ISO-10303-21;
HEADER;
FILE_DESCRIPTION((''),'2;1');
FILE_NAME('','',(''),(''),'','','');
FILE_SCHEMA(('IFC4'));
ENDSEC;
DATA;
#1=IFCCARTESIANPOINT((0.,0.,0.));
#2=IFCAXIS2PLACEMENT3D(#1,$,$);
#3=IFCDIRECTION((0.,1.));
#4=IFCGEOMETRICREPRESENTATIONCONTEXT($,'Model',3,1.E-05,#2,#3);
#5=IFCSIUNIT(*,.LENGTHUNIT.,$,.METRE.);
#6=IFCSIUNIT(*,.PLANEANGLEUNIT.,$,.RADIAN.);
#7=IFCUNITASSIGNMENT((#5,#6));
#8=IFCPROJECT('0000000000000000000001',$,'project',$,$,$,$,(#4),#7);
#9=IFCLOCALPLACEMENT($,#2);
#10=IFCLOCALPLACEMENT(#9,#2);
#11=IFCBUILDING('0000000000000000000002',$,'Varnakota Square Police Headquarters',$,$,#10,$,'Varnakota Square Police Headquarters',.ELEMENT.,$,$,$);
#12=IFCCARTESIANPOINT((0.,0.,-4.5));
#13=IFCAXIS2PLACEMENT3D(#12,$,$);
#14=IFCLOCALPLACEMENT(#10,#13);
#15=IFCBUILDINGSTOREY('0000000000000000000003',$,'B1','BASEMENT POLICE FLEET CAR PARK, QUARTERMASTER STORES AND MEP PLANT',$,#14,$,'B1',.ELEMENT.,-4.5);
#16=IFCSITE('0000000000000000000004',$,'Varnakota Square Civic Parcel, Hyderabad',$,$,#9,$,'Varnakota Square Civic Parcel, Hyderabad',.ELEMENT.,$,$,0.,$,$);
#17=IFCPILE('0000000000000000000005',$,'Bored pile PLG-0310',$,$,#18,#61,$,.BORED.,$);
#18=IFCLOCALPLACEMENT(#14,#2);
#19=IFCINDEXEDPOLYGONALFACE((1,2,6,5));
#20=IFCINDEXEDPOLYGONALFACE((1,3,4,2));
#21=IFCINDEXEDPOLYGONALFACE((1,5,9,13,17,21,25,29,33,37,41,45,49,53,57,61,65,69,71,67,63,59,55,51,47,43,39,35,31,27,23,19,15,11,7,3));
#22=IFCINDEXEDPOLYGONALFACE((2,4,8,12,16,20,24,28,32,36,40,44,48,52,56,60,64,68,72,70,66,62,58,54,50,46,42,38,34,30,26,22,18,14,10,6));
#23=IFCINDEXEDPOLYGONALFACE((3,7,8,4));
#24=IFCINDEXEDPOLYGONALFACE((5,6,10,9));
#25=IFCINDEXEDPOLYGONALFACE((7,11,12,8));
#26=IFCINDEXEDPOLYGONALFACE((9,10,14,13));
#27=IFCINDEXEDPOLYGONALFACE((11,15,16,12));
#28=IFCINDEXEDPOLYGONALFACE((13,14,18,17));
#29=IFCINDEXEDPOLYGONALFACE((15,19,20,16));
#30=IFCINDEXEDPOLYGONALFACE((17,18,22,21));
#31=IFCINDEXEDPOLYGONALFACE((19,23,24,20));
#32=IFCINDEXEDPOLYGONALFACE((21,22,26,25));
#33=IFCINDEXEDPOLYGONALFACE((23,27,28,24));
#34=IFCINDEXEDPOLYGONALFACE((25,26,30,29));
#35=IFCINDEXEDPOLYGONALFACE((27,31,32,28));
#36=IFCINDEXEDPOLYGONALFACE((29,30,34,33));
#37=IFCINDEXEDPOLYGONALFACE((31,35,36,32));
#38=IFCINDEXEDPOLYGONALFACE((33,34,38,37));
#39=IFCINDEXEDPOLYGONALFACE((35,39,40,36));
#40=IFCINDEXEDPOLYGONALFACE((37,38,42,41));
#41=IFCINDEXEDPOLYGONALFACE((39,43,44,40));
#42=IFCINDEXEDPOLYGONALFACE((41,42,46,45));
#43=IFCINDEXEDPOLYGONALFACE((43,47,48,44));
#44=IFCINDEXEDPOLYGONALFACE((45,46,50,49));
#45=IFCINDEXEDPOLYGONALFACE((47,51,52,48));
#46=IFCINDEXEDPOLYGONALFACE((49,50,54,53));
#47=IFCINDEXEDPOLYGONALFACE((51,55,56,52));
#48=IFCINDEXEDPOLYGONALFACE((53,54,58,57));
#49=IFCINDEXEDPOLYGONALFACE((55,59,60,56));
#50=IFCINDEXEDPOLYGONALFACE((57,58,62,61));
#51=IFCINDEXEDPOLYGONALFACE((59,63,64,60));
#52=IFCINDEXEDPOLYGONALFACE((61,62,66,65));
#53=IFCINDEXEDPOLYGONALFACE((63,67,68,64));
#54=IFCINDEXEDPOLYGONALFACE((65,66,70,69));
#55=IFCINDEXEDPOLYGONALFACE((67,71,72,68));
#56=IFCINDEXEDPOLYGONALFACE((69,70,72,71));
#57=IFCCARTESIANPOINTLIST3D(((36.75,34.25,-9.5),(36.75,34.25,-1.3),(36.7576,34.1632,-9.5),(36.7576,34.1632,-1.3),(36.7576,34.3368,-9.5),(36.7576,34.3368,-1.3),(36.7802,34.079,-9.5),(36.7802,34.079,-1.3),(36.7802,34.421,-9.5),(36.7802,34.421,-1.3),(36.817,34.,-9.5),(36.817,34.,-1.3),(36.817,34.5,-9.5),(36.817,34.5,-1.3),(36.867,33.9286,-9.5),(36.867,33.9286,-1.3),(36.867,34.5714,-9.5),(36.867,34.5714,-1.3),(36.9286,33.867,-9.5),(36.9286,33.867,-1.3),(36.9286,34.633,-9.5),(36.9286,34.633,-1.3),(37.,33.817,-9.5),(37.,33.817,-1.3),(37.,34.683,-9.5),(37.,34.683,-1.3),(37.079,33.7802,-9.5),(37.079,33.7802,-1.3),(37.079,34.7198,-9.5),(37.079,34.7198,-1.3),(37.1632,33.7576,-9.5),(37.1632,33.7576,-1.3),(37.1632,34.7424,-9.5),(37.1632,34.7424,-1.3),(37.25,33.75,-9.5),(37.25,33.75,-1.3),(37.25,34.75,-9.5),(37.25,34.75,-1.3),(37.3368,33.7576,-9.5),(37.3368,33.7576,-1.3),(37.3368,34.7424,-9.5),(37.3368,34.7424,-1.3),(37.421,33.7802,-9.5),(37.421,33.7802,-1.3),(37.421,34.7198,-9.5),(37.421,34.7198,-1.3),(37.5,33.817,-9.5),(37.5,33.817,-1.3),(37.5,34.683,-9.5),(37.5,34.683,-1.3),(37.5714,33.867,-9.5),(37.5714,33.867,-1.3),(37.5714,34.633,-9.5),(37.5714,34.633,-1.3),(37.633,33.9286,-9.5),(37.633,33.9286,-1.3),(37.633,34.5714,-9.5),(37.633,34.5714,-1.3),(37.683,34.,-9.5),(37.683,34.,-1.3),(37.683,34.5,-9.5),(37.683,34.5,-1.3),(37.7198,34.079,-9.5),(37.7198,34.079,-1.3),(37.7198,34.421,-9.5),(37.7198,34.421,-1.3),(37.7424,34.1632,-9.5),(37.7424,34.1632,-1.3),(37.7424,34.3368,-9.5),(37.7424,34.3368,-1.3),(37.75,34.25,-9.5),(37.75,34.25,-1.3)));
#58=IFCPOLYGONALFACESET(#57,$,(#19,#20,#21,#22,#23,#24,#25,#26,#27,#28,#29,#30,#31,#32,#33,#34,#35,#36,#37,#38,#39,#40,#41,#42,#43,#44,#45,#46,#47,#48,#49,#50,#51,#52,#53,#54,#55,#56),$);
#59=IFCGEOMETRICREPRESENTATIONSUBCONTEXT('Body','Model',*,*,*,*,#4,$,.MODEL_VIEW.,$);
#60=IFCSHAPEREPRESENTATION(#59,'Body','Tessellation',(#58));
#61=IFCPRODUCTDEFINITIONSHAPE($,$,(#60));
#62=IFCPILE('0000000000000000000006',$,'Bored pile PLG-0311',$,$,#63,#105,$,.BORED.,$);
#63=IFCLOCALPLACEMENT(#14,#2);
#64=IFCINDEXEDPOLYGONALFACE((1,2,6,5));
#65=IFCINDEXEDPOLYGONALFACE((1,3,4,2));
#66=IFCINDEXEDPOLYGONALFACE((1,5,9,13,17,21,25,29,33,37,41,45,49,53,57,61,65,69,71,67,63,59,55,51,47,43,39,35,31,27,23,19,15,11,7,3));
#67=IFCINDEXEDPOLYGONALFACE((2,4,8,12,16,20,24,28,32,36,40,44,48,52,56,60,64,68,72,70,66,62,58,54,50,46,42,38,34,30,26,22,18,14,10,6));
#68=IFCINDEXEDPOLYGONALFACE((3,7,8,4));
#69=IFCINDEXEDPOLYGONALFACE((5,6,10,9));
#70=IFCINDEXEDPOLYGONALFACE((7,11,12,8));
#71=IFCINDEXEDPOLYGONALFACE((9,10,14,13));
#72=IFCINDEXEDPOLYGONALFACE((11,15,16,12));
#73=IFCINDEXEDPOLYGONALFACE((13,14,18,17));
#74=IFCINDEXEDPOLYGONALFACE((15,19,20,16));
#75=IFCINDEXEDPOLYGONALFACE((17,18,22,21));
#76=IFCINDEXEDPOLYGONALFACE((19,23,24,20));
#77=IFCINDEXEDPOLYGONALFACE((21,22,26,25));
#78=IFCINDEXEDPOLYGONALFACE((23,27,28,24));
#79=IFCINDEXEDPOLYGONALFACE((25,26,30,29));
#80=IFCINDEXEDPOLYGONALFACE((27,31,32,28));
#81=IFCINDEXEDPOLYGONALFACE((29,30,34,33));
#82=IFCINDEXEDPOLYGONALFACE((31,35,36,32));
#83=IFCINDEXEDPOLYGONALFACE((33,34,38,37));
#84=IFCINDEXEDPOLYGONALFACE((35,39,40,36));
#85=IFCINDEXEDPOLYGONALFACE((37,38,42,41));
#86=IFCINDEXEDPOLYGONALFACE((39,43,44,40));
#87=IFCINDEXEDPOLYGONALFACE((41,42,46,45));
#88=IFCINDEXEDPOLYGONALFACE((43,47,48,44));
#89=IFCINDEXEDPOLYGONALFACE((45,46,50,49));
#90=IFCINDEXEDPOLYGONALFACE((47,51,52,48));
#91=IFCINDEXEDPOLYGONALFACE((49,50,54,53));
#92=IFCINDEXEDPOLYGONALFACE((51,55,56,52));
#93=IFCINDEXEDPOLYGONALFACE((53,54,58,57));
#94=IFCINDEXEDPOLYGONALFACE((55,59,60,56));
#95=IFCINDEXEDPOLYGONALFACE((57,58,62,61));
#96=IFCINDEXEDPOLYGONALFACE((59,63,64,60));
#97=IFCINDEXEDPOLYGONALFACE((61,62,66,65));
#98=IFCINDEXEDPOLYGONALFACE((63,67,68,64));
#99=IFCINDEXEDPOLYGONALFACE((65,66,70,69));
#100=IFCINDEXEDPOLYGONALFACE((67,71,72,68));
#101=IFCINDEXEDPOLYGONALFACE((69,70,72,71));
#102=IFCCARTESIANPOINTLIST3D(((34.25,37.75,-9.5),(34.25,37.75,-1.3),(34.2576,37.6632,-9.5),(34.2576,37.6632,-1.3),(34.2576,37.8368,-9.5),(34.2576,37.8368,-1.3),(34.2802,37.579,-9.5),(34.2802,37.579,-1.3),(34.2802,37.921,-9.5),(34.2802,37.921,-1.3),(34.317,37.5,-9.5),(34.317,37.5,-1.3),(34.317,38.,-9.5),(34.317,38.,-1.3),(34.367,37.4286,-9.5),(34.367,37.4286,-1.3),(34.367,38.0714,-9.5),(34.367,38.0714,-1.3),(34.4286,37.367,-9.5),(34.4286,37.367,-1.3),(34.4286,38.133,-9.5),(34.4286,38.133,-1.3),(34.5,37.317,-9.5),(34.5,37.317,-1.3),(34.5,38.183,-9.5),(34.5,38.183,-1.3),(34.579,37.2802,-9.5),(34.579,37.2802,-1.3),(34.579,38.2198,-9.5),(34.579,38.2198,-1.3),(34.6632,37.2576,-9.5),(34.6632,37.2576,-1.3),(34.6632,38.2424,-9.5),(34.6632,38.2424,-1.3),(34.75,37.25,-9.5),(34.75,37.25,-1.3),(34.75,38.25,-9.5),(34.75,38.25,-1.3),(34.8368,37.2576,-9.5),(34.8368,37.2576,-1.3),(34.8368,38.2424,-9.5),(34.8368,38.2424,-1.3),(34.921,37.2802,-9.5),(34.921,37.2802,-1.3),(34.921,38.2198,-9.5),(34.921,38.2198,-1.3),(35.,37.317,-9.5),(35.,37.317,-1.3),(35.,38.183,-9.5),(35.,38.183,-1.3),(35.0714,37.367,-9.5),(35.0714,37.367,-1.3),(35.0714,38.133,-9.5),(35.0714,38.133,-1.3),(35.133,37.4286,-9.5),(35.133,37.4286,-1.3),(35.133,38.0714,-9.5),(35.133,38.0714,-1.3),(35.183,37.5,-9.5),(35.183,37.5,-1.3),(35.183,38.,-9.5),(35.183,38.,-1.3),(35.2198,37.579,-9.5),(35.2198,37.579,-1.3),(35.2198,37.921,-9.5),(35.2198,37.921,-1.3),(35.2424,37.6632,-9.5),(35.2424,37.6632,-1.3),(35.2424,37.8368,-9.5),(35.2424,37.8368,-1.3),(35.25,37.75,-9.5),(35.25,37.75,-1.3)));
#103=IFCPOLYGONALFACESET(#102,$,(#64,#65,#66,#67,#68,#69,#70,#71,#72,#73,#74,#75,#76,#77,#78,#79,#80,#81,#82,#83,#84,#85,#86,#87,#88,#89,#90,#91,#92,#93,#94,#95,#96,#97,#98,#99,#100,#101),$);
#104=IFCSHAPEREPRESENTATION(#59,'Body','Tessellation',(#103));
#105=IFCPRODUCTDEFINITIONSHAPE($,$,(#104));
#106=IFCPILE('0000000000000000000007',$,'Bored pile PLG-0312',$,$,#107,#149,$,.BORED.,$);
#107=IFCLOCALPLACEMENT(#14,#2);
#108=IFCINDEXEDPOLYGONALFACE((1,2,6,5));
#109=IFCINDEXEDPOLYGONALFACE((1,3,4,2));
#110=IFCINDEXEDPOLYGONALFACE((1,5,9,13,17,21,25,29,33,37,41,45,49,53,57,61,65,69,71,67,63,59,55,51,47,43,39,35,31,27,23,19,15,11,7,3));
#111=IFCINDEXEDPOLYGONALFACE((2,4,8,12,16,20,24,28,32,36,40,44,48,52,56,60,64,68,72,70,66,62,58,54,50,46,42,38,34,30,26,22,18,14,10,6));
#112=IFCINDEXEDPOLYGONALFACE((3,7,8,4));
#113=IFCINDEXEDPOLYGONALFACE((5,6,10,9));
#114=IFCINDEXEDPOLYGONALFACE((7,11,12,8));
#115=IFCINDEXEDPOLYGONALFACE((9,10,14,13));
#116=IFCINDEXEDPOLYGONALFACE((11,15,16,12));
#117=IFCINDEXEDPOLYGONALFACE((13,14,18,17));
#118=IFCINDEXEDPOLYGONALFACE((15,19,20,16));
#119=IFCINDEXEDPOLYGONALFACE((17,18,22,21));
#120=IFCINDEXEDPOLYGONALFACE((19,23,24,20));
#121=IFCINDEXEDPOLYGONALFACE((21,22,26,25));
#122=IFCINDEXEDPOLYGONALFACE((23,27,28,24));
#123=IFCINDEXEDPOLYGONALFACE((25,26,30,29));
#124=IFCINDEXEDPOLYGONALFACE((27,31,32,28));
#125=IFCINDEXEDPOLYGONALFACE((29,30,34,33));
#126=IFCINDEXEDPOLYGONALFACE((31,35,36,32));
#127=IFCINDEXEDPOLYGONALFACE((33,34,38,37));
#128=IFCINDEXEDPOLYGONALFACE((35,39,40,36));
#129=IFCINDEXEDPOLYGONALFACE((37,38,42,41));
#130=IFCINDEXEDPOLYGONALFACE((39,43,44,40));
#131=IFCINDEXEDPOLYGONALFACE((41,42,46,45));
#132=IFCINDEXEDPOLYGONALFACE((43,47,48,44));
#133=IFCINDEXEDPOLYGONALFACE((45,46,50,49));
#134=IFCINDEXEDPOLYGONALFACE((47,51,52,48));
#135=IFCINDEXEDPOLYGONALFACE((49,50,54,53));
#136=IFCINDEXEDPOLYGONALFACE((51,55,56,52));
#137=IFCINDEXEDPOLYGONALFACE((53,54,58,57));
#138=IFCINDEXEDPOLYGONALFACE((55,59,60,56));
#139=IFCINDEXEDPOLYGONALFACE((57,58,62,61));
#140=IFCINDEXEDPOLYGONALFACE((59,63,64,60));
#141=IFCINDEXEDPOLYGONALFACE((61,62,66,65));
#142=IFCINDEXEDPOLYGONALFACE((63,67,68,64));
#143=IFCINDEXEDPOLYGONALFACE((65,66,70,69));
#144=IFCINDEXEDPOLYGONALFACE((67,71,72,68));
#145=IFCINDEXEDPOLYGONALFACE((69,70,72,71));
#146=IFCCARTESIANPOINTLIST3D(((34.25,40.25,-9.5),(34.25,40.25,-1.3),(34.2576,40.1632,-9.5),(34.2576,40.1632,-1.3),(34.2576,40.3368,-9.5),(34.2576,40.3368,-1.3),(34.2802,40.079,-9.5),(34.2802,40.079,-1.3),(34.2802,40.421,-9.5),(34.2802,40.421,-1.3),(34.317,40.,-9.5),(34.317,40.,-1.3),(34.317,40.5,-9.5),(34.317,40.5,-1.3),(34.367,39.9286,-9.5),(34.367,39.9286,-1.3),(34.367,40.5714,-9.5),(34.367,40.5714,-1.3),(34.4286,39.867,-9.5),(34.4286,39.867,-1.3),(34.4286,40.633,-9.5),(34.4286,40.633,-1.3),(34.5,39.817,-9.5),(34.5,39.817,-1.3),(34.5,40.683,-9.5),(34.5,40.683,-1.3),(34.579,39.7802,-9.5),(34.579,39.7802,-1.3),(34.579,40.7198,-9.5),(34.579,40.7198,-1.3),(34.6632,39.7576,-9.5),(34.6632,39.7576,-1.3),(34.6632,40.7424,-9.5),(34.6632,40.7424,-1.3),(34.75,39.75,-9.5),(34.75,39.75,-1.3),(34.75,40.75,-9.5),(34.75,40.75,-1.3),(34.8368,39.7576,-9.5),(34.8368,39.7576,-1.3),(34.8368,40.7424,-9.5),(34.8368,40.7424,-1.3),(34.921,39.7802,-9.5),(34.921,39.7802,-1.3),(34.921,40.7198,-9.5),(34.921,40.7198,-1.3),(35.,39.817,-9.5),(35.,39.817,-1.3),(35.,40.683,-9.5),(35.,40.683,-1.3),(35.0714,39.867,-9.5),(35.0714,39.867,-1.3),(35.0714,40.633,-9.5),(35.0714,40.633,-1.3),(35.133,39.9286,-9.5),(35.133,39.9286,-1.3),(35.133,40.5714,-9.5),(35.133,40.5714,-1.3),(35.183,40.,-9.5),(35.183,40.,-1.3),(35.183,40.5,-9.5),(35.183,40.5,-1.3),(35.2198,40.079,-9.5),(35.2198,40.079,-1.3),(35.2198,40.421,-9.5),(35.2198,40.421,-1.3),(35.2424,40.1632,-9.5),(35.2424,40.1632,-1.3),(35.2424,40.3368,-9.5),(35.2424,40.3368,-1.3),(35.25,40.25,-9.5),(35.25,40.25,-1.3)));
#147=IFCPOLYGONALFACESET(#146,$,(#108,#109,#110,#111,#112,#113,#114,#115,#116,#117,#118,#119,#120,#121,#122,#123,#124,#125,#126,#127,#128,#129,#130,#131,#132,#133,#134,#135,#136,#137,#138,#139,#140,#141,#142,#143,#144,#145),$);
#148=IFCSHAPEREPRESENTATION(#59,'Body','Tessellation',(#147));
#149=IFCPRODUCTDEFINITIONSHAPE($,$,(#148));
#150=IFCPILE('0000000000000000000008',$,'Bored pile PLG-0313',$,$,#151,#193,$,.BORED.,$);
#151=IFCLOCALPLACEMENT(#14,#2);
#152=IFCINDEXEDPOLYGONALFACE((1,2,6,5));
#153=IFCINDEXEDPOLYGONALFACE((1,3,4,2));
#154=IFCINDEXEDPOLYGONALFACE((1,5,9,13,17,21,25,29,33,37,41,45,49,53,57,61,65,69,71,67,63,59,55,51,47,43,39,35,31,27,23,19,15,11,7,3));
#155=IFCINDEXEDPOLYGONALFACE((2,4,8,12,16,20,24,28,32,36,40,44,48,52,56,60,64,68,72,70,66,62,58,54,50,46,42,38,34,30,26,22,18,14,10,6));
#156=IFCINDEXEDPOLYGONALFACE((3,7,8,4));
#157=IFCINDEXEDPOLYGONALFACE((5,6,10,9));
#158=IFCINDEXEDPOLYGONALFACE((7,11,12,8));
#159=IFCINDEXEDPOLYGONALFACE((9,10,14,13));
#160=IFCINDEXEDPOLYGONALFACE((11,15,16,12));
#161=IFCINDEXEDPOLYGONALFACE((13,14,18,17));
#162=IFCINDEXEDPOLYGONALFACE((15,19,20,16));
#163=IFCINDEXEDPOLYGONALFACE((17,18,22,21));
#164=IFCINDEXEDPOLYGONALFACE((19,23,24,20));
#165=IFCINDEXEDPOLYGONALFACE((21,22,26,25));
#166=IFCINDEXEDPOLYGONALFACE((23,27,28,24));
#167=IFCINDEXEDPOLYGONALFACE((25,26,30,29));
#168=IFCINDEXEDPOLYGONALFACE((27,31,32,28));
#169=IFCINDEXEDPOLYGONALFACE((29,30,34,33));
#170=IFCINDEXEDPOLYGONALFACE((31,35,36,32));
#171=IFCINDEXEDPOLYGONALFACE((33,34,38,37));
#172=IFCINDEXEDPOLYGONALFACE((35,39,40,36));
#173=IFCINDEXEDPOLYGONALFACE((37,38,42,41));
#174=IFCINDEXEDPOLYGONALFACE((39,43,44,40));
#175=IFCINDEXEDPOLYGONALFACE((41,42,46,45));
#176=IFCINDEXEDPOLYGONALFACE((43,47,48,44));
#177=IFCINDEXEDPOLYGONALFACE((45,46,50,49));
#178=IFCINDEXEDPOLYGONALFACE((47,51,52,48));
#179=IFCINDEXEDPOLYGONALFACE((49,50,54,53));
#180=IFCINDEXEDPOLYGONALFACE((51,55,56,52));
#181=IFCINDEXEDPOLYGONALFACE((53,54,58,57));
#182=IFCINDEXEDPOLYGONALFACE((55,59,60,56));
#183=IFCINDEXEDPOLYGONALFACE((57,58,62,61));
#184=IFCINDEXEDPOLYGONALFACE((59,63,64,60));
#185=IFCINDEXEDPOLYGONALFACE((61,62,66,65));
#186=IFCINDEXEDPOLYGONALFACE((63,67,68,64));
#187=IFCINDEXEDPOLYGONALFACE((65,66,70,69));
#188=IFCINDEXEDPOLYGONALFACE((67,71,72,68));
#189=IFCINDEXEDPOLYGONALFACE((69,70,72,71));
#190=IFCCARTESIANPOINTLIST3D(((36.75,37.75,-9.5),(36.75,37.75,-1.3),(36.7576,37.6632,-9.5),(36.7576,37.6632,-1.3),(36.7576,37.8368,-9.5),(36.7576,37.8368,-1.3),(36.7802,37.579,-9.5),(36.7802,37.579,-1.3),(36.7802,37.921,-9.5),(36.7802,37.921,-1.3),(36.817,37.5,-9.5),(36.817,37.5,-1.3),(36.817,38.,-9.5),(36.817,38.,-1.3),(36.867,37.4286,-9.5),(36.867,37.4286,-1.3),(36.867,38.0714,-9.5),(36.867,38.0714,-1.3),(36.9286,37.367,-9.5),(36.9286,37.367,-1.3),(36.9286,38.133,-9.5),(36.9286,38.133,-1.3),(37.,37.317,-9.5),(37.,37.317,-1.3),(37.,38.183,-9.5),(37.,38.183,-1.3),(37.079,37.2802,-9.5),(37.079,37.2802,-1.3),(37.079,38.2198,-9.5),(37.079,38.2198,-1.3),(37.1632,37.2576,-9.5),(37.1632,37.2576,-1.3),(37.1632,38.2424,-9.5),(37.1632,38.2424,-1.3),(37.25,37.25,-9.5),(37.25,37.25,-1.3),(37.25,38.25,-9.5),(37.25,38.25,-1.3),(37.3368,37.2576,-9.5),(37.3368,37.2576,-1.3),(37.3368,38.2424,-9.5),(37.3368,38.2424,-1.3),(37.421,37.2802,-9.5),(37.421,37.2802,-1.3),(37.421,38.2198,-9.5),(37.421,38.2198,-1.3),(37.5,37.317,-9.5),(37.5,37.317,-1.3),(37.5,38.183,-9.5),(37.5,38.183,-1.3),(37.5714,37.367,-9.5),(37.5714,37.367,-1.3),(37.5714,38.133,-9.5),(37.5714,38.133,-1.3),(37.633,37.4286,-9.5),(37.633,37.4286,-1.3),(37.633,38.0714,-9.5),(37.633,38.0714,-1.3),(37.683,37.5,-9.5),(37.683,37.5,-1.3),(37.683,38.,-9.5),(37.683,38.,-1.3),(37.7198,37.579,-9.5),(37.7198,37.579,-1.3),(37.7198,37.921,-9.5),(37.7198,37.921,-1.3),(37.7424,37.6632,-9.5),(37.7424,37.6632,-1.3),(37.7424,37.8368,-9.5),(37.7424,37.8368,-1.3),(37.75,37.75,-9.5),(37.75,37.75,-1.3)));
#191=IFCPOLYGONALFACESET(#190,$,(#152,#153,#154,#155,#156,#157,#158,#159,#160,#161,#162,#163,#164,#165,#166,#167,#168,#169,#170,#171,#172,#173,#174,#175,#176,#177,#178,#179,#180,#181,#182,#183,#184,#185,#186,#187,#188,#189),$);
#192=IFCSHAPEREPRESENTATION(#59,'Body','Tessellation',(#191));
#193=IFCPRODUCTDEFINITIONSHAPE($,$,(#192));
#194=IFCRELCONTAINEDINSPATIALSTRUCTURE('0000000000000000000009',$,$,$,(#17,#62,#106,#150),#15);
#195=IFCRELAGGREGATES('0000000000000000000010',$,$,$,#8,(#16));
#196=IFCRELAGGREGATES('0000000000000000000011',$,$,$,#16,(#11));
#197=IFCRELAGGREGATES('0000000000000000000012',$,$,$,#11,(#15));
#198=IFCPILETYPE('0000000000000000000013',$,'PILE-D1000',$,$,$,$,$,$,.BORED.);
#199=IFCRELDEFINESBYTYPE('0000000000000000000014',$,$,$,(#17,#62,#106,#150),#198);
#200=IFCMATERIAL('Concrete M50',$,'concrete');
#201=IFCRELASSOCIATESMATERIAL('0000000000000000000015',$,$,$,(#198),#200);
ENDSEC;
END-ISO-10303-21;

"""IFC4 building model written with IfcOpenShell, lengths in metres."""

from ifc_helpers import new_model, si_unit, direction, frame, origin, origin_2d, place, context, subcontext, project, spatial, circle, extrude, material, material_profile, profile_set, type_object, element, save


model = new_model("IFC4")

# Units and contexts
model_context = context("Model", 3, precision=1e-05, world=origin(), true_north=direction((0.0, 1.0)))
body_context = subcontext(model_context, "Body", "Model", "MODEL_VIEW")
ifc_project = project(units=[si_unit("LENGTHUNIT", "METRE"), si_unit("PLANEANGLEUNIT", "RADIAN")], contexts=[model_context])

# Site, building, storey
site_placement = place(None, origin())
site = spatial("IfcSite", under=ifc_project, at=site_placement, Name="Varnakota Square Civic Parcel, Hyderabad", LongName="Varnakota Square Civic Parcel, Hyderabad", CompositionType="ELEMENT", RefElevation=0.0)
building_placement = place(site_placement, origin())
building = spatial("IfcBuilding", under=site, at=building_placement, Name="Varnakota Square Police Headquarters", LongName="Varnakota Square Police Headquarters", CompositionType="ELEMENT")
storey_placement = place(building_placement, frame((0.0, 0.0, -4.5)))
storey = spatial("IfcBuildingStorey", under=building, at=storey_placement, Name="B1", Description="BASEMENT POLICE FLEET CAR PARK, QUARTERMASTER STORES AND MEP PLANT", LongName="B1", CompositionType="ELEMENT", Elevation=-4.5)

# Shared definitions
ifc_material_1 = material(Name="Concrete M50", Category="concrete")

# Piles
ifc_material_profile_1 = material_profile(ifc_material_1, circle(Radius=0.5, at=origin_2d()), Name="BORED PILE 1000")
ifc_profile_set_1 = profile_set([ifc_material_profile_1], Name="Concrete M50")
pile_type = type_object("IfcPileType", Name="PILE-D1000", PredefinedType="BORED", material=ifc_profile_set_1)
for number, where, z_axis, x_axis, name in (
    (1, (37.25, 34.25, -1.3), (0.0, 0.0, -1.0), (1.0, 0.0, 0.0), "Bored pile PLG-0310"),
    (2, (34.75, 37.75, -1.3), (0.0, 0.0, -1.0), (1.0, 0.0, 0.0), "Bored pile PLG-0311"),
    (3, (34.75, 40.25, -1.3), (0.0, 0.0, -1.0), (1.0, 0.0, 0.0), "Bored pile PLG-0312"),
    (4, (37.25, 37.75, -1.3), (0.0, 0.0, -1.0), (1.0, 0.0, 0.0), "Bored pile PLG-0313"),
):
    element("IfcPile", number, at=place(storey_placement, frame(where, z_axis=z_axis, x_axis=x_axis)), inside=storey, type_object=pile_type, Name=name, PredefinedType="BORED", context=body_context, shape_type="SweptSolid", body=[
        extrude(circle(Radius=0.5, at=origin_2d()), origin(), (0.0, 0.0, 1.0), 8.2),
    ])

save(model, "model.ifc")
